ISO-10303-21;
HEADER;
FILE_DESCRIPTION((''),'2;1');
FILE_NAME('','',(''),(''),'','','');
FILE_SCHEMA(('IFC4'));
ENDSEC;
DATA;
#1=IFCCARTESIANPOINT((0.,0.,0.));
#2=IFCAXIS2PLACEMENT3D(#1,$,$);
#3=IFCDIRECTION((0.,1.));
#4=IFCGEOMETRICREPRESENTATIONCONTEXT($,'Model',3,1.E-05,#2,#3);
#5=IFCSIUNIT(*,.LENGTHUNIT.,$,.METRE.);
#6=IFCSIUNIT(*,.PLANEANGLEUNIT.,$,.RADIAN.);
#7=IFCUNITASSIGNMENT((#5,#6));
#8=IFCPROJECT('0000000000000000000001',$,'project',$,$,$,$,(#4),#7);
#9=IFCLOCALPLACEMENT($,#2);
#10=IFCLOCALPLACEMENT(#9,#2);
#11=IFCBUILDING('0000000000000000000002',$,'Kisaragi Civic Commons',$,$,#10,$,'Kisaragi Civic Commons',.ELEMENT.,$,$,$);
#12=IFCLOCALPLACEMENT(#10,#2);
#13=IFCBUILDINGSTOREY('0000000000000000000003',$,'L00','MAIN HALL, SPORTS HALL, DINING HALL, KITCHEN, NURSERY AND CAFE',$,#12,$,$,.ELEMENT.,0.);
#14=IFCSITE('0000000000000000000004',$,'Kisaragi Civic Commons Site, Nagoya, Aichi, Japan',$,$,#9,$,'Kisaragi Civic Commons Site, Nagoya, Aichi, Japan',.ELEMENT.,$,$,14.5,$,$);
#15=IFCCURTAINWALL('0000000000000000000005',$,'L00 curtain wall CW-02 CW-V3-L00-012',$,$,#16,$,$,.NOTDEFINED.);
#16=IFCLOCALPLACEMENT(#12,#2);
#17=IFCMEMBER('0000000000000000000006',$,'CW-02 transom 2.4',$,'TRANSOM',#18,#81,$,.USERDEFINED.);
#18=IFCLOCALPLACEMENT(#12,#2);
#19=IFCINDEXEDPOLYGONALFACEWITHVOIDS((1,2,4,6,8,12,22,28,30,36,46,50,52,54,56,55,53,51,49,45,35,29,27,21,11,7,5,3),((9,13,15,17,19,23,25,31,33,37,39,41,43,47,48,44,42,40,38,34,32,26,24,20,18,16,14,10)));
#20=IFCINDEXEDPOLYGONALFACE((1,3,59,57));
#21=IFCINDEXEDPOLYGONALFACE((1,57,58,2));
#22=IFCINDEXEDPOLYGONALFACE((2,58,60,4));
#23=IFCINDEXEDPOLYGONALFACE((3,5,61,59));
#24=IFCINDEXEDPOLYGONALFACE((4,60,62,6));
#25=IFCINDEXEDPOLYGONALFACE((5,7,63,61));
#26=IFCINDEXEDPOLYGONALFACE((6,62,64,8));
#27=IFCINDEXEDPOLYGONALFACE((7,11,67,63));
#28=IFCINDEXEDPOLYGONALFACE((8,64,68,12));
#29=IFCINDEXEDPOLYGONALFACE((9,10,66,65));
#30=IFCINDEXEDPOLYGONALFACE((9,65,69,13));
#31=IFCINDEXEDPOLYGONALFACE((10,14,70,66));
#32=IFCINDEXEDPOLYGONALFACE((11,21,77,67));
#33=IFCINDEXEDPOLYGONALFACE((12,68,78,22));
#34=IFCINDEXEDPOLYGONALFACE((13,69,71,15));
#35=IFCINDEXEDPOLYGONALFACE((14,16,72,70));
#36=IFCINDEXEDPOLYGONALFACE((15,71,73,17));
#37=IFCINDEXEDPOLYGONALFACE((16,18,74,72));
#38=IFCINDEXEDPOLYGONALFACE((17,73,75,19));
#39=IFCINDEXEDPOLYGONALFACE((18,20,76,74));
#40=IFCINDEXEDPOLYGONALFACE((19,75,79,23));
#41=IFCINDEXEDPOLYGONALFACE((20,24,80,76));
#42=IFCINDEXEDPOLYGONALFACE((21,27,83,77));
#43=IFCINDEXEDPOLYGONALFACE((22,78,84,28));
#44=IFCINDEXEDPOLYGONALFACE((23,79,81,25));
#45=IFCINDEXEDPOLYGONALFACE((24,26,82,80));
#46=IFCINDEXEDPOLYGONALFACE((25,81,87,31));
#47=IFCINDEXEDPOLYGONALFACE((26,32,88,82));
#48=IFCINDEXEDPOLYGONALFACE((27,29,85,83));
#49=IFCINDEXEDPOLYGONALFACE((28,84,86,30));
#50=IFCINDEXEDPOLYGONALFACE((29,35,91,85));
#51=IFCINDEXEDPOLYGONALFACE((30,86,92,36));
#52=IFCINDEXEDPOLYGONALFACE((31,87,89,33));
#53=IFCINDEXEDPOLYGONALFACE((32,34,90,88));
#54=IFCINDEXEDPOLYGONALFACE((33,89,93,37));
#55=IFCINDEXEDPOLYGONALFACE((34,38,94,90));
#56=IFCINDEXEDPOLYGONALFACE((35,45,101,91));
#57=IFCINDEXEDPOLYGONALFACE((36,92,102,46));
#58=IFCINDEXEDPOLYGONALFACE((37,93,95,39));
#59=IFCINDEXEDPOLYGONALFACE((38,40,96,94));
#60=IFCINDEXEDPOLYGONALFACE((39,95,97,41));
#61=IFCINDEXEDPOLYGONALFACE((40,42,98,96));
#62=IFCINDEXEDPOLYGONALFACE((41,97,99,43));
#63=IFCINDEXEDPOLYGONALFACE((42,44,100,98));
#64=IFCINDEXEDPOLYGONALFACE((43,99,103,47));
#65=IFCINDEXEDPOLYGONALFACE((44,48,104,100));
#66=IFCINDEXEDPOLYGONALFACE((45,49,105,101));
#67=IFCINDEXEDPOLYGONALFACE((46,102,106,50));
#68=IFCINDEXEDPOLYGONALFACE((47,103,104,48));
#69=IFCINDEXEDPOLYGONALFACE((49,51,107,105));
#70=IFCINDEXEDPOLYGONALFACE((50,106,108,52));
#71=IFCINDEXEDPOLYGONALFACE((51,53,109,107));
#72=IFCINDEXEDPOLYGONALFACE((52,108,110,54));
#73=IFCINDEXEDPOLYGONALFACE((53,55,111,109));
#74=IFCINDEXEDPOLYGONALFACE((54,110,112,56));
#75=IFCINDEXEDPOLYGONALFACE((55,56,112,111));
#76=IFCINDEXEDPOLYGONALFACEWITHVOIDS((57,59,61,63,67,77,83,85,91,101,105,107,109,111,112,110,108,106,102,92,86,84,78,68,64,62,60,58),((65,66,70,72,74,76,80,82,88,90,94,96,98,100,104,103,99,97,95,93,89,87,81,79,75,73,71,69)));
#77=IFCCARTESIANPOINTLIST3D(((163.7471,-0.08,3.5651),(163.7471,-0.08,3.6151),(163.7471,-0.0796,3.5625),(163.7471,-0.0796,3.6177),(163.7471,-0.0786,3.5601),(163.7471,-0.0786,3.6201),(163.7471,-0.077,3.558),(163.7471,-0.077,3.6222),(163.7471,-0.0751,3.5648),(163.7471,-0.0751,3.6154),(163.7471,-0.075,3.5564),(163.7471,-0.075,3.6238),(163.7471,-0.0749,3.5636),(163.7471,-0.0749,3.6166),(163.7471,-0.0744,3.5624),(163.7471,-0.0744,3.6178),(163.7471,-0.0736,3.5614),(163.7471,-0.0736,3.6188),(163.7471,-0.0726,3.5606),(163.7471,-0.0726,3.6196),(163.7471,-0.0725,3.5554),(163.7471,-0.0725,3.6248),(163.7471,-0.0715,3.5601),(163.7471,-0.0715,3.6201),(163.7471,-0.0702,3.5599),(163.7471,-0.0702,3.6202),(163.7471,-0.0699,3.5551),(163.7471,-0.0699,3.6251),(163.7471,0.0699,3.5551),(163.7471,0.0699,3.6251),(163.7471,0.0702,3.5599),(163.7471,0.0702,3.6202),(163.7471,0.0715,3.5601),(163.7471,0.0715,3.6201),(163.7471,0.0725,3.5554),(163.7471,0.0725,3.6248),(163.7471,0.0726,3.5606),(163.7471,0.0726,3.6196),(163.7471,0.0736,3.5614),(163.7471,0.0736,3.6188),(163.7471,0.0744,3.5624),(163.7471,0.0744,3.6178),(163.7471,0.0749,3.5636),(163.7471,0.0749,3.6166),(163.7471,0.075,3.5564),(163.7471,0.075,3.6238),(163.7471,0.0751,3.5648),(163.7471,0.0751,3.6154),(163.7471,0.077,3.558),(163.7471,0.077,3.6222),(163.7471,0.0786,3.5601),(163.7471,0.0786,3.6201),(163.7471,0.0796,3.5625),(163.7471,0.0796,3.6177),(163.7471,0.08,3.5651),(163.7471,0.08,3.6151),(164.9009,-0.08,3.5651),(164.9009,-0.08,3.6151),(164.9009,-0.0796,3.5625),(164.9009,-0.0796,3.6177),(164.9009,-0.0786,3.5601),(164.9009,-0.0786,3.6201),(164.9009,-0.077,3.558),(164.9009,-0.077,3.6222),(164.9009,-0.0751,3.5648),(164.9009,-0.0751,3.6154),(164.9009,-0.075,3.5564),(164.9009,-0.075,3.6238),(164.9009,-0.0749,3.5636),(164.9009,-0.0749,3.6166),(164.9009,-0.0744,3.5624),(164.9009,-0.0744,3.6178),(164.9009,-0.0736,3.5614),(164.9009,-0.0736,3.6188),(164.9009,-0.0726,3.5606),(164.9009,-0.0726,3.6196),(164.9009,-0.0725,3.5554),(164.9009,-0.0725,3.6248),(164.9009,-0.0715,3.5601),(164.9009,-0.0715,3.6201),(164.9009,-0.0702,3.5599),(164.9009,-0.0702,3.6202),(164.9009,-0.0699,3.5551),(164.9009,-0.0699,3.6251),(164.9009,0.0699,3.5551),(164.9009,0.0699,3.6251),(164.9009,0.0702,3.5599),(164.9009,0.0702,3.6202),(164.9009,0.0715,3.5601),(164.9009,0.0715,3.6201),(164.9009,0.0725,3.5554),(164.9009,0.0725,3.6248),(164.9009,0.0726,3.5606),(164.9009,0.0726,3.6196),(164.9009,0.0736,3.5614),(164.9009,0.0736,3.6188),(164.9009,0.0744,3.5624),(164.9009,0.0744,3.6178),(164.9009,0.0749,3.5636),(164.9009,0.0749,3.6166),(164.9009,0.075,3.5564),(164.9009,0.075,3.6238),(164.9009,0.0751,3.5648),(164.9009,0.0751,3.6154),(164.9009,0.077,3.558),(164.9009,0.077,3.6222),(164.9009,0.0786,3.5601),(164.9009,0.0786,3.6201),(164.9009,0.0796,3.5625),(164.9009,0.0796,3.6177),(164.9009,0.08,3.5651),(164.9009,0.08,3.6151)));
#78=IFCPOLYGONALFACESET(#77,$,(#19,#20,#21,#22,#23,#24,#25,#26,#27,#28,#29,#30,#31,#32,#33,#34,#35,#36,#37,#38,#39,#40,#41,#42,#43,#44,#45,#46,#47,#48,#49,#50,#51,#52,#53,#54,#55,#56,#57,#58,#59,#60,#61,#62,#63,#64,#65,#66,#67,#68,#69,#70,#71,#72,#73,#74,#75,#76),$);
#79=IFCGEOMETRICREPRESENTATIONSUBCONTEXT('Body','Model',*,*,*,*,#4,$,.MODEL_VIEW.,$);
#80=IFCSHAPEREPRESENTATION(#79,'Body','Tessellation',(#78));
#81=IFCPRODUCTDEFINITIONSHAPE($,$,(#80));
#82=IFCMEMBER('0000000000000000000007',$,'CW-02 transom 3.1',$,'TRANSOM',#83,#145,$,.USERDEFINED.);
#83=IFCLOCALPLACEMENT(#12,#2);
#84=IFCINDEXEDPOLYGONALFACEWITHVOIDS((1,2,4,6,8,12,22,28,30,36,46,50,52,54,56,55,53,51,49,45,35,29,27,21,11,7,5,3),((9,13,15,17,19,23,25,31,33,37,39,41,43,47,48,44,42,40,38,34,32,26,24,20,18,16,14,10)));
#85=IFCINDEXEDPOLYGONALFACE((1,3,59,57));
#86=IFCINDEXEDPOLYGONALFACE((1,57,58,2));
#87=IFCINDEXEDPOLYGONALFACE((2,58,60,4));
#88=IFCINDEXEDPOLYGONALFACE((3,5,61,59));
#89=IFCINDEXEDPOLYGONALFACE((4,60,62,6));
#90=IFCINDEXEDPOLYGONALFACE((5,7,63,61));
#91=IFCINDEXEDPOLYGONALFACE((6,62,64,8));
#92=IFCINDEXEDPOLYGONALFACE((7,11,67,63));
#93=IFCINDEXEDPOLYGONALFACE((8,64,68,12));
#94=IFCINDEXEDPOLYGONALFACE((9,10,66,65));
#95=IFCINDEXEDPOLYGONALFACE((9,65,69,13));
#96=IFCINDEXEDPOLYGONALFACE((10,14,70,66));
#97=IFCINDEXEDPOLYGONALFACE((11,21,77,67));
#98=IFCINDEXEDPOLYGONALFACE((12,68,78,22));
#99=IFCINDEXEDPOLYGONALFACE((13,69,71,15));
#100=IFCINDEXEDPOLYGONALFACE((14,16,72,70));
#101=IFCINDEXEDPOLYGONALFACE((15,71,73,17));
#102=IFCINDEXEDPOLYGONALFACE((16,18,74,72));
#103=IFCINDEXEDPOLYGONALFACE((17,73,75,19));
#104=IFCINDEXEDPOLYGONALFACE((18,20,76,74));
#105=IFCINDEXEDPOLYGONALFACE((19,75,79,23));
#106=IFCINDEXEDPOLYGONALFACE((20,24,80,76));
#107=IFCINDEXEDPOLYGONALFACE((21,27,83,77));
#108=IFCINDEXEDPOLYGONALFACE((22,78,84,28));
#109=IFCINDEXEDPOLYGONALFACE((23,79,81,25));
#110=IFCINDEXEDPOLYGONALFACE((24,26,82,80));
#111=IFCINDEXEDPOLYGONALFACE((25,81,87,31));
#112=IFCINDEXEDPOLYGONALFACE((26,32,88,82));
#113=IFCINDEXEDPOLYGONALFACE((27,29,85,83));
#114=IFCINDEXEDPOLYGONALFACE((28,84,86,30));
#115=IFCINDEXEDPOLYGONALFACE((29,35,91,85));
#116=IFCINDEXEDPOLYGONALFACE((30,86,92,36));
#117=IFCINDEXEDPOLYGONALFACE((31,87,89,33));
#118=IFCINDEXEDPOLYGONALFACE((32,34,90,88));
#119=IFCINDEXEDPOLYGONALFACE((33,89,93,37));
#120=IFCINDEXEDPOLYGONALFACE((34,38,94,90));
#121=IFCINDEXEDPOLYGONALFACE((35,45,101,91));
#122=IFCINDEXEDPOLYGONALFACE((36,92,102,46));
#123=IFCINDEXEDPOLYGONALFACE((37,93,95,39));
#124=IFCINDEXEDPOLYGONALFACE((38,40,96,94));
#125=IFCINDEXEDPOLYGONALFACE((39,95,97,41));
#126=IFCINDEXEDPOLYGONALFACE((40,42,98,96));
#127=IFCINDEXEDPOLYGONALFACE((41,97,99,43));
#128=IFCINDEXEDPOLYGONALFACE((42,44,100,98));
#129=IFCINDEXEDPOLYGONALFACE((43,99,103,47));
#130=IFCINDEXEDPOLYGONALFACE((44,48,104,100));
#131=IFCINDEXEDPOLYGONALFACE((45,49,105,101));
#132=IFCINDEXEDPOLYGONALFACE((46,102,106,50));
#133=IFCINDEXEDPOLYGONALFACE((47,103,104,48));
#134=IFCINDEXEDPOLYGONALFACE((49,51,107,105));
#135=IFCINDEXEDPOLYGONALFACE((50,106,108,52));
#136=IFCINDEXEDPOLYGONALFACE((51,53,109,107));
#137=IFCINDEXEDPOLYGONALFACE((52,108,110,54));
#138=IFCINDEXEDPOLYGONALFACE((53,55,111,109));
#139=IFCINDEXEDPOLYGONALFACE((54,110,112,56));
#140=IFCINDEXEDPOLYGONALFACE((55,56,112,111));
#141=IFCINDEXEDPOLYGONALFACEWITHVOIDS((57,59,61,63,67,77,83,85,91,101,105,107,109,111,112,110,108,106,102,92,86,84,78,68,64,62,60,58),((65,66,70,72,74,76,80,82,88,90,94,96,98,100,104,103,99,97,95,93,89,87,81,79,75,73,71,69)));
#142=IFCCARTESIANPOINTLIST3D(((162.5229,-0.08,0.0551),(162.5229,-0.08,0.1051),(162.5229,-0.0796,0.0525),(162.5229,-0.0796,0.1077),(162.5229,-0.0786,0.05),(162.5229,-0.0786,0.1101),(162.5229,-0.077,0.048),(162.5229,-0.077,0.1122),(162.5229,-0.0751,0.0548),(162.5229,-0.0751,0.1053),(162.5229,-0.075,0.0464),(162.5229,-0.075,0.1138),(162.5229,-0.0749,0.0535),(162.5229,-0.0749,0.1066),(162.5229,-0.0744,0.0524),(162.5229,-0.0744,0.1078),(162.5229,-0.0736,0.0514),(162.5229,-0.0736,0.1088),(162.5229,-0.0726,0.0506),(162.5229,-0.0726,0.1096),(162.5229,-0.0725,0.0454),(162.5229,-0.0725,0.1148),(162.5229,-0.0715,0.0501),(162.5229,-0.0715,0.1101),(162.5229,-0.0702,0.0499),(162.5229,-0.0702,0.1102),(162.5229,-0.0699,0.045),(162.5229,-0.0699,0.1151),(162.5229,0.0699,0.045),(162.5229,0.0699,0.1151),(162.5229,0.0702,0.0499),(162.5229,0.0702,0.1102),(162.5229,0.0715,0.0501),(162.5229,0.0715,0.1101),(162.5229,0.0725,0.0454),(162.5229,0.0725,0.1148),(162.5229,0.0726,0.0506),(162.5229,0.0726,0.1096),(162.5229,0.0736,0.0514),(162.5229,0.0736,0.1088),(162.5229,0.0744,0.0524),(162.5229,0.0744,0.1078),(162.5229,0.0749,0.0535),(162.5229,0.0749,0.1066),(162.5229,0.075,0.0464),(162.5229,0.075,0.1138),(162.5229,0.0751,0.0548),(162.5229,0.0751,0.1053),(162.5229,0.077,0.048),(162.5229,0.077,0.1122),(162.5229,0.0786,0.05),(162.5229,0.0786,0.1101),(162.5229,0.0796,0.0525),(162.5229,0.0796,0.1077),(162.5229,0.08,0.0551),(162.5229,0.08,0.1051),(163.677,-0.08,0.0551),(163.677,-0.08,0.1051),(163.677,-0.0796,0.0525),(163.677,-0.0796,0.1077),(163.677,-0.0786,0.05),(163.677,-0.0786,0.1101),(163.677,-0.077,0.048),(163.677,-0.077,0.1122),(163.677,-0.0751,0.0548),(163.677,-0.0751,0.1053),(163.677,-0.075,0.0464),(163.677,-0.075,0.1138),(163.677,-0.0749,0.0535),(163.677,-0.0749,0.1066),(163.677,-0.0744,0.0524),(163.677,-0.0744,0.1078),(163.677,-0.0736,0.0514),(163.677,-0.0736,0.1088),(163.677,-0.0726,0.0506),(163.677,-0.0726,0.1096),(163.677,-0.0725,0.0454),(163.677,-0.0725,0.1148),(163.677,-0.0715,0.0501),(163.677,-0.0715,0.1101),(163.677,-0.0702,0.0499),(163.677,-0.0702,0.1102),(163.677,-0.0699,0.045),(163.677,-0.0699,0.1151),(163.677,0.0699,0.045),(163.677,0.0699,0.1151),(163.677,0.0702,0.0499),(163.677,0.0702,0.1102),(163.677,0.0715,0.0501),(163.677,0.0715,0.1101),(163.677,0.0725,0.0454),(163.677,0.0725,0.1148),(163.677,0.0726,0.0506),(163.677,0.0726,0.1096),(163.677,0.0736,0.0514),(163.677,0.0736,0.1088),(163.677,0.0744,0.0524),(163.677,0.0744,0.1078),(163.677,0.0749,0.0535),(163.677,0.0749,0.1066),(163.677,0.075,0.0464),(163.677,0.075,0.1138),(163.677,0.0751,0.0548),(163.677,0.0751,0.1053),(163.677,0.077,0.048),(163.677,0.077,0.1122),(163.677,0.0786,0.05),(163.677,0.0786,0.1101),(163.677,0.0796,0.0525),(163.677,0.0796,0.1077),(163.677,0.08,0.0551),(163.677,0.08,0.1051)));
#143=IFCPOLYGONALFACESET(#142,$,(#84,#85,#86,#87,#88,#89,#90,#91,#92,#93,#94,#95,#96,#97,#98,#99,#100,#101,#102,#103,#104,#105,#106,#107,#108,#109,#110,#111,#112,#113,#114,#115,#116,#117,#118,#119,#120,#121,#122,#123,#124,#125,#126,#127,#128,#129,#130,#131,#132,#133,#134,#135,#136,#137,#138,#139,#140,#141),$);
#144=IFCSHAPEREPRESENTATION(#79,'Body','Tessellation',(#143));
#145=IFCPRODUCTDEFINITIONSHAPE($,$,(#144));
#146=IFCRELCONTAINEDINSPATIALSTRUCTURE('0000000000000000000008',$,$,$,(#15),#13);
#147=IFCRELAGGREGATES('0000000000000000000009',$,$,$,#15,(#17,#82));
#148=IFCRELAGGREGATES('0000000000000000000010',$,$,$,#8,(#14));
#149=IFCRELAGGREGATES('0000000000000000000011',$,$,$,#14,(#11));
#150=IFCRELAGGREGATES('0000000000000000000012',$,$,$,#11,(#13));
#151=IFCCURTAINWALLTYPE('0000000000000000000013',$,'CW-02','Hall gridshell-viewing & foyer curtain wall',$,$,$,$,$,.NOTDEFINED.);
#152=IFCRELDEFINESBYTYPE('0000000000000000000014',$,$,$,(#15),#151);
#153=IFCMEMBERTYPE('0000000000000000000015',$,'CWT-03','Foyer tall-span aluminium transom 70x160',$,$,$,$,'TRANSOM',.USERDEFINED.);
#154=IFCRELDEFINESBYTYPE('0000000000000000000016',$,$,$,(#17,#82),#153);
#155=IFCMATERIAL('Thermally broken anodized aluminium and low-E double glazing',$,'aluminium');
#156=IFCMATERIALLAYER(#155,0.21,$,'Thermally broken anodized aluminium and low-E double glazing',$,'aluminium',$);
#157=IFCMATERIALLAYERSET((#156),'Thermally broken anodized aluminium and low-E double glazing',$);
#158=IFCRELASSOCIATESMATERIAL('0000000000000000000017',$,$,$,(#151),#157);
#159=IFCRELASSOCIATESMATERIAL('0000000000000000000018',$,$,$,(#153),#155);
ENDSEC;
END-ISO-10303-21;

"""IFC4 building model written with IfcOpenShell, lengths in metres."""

from ifc_helpers import new_model, si_unit, direction, frame, origin, origin_2d, place, context, subcontext, project, spatial, hollow_rectangle, extrude, material, layer, layer_set, material_profile, profile_set, type_object, element, aggregate, save


model = new_model("IFC4")

# Units and contexts
model_context = context("Model", 3, precision=1e-05, world=origin(), true_north=direction((0.0, 1.0)))
body_context = subcontext(model_context, "Body", "Model", "MODEL_VIEW")
ifc_project = project(units=[si_unit("LENGTHUNIT", "METRE"), si_unit("PLANEANGLEUNIT", "RADIAN")], contexts=[model_context])

# Site, building, storey
site_placement = place(None, origin())
site = spatial("IfcSite", under=ifc_project, at=site_placement, Name="Kisaragi Civic Commons Site, Nagoya, Aichi, Japan", LongName="Kisaragi Civic Commons Site, Nagoya, Aichi, Japan", CompositionType="ELEMENT", RefElevation=14.5)
building_placement = place(site_placement, origin())
building = spatial("IfcBuilding", under=site, at=building_placement, Name="Kisaragi Civic Commons", LongName="Kisaragi Civic Commons", CompositionType="ELEMENT")
storey_placement = place(building_placement, origin())
storey = spatial("IfcBuildingStorey", under=building, at=storey_placement, Name="L00", Description="MAIN HALL, SPORTS HALL, DINING HALL, KITCHEN, NURSERY AND CAFE", CompositionType="ELEMENT", Elevation=0.0)

# Curtain wall, members
ifc_material = material(Name="Thermally broken anodized aluminium and low-E double glazing", Category="aluminium")
ifc_layer_1 = layer(ifc_material, 0.21, Name="Thermally broken anodized aluminium and low-E double glazing", Category="aluminium")
ifc_layer_set_1 = layer_set([ifc_layer_1], Name="Thermally broken anodized aluminium and low-E double glazing")
curtain_wall_type = type_object("IfcCurtainWallType", Name="CW-02", Description="Hall gridshell-viewing & foyer curtain wall", PredefinedType="NOTDEFINED", material=ifc_layer_set_1)
curtain_wall_placement = place(storey_placement, origin())
curtain_wall = element("IfcCurtainWall", 1, at=curtain_wall_placement, inside=storey, type_object=curtain_wall_type, Name="L00 curtain wall CW-02 CW-V3-L00-012", PredefinedType="NOTDEFINED")
ifc_material_profile_1 = material_profile(ifc_material, hollow_rectangle(XDim=0.1599, YDim=0.0701, WallThickness=0.0049, InnerFilletRadius=0.0049, OuterFilletRadius=0.01, at=origin_2d()), Name="CWT-70x160x5", Category="aluminium")
ifc_profile_set_1 = profile_set([ifc_material_profile_1], Name="Thermally broken anodized aluminium and low-E double glazing")
member_type_1 = type_object("IfcMemberType", Name="CWT-03", Description="Foyer tall-span aluminium transom 70x160", ElementType="TRANSOM", PredefinedType="USERDEFINED", material=ifc_profile_set_1)
member_1_placement = place(storey_placement, frame((164.9009, 0.0, 3.5901), z_axis=(-1.0, 0.0, 0.0), x_axis=(0.0, -1.0, 0.0)))
member_1 = element("IfcMember", 2, at=member_1_placement, type_object=member_type_1, Name="CW-02 transom 2.4", ObjectType="TRANSOM", PredefinedType="USERDEFINED", context=body_context, shape_type="SweptSolid", body=[
    extrude(hollow_rectangle(XDim=0.1599, YDim=0.0701, WallThickness=0.0049, InnerFilletRadius=0.0049, OuterFilletRadius=0.01, at=origin_2d()), origin(), (0.0, 0.0, 1.0), 1.1538),
])
member_2_placement = place(storey_placement, frame((163.677, 0.0, 0.0801), z_axis=(-1.0, 0.0, 0.0), x_axis=(0.0, -1.0, 0.0)))
member_2 = element("IfcMember", 3, at=member_2_placement, type_object=member_type_1, Name="CW-02 transom 3.1", ObjectType="TRANSOM", PredefinedType="USERDEFINED", context=body_context, shape_type="SweptSolid", body=[
    extrude(hollow_rectangle(XDim=0.1599, YDim=0.0701, WallThickness=0.0049, InnerFilletRadius=0.0049, OuterFilletRadius=0.01, at=origin_2d()), origin(), (0.0, 0.0, 1.0), 1.1541),
])
aggregate(curtain_wall, [member_1, member_2])

save(model, "model.ifc")
